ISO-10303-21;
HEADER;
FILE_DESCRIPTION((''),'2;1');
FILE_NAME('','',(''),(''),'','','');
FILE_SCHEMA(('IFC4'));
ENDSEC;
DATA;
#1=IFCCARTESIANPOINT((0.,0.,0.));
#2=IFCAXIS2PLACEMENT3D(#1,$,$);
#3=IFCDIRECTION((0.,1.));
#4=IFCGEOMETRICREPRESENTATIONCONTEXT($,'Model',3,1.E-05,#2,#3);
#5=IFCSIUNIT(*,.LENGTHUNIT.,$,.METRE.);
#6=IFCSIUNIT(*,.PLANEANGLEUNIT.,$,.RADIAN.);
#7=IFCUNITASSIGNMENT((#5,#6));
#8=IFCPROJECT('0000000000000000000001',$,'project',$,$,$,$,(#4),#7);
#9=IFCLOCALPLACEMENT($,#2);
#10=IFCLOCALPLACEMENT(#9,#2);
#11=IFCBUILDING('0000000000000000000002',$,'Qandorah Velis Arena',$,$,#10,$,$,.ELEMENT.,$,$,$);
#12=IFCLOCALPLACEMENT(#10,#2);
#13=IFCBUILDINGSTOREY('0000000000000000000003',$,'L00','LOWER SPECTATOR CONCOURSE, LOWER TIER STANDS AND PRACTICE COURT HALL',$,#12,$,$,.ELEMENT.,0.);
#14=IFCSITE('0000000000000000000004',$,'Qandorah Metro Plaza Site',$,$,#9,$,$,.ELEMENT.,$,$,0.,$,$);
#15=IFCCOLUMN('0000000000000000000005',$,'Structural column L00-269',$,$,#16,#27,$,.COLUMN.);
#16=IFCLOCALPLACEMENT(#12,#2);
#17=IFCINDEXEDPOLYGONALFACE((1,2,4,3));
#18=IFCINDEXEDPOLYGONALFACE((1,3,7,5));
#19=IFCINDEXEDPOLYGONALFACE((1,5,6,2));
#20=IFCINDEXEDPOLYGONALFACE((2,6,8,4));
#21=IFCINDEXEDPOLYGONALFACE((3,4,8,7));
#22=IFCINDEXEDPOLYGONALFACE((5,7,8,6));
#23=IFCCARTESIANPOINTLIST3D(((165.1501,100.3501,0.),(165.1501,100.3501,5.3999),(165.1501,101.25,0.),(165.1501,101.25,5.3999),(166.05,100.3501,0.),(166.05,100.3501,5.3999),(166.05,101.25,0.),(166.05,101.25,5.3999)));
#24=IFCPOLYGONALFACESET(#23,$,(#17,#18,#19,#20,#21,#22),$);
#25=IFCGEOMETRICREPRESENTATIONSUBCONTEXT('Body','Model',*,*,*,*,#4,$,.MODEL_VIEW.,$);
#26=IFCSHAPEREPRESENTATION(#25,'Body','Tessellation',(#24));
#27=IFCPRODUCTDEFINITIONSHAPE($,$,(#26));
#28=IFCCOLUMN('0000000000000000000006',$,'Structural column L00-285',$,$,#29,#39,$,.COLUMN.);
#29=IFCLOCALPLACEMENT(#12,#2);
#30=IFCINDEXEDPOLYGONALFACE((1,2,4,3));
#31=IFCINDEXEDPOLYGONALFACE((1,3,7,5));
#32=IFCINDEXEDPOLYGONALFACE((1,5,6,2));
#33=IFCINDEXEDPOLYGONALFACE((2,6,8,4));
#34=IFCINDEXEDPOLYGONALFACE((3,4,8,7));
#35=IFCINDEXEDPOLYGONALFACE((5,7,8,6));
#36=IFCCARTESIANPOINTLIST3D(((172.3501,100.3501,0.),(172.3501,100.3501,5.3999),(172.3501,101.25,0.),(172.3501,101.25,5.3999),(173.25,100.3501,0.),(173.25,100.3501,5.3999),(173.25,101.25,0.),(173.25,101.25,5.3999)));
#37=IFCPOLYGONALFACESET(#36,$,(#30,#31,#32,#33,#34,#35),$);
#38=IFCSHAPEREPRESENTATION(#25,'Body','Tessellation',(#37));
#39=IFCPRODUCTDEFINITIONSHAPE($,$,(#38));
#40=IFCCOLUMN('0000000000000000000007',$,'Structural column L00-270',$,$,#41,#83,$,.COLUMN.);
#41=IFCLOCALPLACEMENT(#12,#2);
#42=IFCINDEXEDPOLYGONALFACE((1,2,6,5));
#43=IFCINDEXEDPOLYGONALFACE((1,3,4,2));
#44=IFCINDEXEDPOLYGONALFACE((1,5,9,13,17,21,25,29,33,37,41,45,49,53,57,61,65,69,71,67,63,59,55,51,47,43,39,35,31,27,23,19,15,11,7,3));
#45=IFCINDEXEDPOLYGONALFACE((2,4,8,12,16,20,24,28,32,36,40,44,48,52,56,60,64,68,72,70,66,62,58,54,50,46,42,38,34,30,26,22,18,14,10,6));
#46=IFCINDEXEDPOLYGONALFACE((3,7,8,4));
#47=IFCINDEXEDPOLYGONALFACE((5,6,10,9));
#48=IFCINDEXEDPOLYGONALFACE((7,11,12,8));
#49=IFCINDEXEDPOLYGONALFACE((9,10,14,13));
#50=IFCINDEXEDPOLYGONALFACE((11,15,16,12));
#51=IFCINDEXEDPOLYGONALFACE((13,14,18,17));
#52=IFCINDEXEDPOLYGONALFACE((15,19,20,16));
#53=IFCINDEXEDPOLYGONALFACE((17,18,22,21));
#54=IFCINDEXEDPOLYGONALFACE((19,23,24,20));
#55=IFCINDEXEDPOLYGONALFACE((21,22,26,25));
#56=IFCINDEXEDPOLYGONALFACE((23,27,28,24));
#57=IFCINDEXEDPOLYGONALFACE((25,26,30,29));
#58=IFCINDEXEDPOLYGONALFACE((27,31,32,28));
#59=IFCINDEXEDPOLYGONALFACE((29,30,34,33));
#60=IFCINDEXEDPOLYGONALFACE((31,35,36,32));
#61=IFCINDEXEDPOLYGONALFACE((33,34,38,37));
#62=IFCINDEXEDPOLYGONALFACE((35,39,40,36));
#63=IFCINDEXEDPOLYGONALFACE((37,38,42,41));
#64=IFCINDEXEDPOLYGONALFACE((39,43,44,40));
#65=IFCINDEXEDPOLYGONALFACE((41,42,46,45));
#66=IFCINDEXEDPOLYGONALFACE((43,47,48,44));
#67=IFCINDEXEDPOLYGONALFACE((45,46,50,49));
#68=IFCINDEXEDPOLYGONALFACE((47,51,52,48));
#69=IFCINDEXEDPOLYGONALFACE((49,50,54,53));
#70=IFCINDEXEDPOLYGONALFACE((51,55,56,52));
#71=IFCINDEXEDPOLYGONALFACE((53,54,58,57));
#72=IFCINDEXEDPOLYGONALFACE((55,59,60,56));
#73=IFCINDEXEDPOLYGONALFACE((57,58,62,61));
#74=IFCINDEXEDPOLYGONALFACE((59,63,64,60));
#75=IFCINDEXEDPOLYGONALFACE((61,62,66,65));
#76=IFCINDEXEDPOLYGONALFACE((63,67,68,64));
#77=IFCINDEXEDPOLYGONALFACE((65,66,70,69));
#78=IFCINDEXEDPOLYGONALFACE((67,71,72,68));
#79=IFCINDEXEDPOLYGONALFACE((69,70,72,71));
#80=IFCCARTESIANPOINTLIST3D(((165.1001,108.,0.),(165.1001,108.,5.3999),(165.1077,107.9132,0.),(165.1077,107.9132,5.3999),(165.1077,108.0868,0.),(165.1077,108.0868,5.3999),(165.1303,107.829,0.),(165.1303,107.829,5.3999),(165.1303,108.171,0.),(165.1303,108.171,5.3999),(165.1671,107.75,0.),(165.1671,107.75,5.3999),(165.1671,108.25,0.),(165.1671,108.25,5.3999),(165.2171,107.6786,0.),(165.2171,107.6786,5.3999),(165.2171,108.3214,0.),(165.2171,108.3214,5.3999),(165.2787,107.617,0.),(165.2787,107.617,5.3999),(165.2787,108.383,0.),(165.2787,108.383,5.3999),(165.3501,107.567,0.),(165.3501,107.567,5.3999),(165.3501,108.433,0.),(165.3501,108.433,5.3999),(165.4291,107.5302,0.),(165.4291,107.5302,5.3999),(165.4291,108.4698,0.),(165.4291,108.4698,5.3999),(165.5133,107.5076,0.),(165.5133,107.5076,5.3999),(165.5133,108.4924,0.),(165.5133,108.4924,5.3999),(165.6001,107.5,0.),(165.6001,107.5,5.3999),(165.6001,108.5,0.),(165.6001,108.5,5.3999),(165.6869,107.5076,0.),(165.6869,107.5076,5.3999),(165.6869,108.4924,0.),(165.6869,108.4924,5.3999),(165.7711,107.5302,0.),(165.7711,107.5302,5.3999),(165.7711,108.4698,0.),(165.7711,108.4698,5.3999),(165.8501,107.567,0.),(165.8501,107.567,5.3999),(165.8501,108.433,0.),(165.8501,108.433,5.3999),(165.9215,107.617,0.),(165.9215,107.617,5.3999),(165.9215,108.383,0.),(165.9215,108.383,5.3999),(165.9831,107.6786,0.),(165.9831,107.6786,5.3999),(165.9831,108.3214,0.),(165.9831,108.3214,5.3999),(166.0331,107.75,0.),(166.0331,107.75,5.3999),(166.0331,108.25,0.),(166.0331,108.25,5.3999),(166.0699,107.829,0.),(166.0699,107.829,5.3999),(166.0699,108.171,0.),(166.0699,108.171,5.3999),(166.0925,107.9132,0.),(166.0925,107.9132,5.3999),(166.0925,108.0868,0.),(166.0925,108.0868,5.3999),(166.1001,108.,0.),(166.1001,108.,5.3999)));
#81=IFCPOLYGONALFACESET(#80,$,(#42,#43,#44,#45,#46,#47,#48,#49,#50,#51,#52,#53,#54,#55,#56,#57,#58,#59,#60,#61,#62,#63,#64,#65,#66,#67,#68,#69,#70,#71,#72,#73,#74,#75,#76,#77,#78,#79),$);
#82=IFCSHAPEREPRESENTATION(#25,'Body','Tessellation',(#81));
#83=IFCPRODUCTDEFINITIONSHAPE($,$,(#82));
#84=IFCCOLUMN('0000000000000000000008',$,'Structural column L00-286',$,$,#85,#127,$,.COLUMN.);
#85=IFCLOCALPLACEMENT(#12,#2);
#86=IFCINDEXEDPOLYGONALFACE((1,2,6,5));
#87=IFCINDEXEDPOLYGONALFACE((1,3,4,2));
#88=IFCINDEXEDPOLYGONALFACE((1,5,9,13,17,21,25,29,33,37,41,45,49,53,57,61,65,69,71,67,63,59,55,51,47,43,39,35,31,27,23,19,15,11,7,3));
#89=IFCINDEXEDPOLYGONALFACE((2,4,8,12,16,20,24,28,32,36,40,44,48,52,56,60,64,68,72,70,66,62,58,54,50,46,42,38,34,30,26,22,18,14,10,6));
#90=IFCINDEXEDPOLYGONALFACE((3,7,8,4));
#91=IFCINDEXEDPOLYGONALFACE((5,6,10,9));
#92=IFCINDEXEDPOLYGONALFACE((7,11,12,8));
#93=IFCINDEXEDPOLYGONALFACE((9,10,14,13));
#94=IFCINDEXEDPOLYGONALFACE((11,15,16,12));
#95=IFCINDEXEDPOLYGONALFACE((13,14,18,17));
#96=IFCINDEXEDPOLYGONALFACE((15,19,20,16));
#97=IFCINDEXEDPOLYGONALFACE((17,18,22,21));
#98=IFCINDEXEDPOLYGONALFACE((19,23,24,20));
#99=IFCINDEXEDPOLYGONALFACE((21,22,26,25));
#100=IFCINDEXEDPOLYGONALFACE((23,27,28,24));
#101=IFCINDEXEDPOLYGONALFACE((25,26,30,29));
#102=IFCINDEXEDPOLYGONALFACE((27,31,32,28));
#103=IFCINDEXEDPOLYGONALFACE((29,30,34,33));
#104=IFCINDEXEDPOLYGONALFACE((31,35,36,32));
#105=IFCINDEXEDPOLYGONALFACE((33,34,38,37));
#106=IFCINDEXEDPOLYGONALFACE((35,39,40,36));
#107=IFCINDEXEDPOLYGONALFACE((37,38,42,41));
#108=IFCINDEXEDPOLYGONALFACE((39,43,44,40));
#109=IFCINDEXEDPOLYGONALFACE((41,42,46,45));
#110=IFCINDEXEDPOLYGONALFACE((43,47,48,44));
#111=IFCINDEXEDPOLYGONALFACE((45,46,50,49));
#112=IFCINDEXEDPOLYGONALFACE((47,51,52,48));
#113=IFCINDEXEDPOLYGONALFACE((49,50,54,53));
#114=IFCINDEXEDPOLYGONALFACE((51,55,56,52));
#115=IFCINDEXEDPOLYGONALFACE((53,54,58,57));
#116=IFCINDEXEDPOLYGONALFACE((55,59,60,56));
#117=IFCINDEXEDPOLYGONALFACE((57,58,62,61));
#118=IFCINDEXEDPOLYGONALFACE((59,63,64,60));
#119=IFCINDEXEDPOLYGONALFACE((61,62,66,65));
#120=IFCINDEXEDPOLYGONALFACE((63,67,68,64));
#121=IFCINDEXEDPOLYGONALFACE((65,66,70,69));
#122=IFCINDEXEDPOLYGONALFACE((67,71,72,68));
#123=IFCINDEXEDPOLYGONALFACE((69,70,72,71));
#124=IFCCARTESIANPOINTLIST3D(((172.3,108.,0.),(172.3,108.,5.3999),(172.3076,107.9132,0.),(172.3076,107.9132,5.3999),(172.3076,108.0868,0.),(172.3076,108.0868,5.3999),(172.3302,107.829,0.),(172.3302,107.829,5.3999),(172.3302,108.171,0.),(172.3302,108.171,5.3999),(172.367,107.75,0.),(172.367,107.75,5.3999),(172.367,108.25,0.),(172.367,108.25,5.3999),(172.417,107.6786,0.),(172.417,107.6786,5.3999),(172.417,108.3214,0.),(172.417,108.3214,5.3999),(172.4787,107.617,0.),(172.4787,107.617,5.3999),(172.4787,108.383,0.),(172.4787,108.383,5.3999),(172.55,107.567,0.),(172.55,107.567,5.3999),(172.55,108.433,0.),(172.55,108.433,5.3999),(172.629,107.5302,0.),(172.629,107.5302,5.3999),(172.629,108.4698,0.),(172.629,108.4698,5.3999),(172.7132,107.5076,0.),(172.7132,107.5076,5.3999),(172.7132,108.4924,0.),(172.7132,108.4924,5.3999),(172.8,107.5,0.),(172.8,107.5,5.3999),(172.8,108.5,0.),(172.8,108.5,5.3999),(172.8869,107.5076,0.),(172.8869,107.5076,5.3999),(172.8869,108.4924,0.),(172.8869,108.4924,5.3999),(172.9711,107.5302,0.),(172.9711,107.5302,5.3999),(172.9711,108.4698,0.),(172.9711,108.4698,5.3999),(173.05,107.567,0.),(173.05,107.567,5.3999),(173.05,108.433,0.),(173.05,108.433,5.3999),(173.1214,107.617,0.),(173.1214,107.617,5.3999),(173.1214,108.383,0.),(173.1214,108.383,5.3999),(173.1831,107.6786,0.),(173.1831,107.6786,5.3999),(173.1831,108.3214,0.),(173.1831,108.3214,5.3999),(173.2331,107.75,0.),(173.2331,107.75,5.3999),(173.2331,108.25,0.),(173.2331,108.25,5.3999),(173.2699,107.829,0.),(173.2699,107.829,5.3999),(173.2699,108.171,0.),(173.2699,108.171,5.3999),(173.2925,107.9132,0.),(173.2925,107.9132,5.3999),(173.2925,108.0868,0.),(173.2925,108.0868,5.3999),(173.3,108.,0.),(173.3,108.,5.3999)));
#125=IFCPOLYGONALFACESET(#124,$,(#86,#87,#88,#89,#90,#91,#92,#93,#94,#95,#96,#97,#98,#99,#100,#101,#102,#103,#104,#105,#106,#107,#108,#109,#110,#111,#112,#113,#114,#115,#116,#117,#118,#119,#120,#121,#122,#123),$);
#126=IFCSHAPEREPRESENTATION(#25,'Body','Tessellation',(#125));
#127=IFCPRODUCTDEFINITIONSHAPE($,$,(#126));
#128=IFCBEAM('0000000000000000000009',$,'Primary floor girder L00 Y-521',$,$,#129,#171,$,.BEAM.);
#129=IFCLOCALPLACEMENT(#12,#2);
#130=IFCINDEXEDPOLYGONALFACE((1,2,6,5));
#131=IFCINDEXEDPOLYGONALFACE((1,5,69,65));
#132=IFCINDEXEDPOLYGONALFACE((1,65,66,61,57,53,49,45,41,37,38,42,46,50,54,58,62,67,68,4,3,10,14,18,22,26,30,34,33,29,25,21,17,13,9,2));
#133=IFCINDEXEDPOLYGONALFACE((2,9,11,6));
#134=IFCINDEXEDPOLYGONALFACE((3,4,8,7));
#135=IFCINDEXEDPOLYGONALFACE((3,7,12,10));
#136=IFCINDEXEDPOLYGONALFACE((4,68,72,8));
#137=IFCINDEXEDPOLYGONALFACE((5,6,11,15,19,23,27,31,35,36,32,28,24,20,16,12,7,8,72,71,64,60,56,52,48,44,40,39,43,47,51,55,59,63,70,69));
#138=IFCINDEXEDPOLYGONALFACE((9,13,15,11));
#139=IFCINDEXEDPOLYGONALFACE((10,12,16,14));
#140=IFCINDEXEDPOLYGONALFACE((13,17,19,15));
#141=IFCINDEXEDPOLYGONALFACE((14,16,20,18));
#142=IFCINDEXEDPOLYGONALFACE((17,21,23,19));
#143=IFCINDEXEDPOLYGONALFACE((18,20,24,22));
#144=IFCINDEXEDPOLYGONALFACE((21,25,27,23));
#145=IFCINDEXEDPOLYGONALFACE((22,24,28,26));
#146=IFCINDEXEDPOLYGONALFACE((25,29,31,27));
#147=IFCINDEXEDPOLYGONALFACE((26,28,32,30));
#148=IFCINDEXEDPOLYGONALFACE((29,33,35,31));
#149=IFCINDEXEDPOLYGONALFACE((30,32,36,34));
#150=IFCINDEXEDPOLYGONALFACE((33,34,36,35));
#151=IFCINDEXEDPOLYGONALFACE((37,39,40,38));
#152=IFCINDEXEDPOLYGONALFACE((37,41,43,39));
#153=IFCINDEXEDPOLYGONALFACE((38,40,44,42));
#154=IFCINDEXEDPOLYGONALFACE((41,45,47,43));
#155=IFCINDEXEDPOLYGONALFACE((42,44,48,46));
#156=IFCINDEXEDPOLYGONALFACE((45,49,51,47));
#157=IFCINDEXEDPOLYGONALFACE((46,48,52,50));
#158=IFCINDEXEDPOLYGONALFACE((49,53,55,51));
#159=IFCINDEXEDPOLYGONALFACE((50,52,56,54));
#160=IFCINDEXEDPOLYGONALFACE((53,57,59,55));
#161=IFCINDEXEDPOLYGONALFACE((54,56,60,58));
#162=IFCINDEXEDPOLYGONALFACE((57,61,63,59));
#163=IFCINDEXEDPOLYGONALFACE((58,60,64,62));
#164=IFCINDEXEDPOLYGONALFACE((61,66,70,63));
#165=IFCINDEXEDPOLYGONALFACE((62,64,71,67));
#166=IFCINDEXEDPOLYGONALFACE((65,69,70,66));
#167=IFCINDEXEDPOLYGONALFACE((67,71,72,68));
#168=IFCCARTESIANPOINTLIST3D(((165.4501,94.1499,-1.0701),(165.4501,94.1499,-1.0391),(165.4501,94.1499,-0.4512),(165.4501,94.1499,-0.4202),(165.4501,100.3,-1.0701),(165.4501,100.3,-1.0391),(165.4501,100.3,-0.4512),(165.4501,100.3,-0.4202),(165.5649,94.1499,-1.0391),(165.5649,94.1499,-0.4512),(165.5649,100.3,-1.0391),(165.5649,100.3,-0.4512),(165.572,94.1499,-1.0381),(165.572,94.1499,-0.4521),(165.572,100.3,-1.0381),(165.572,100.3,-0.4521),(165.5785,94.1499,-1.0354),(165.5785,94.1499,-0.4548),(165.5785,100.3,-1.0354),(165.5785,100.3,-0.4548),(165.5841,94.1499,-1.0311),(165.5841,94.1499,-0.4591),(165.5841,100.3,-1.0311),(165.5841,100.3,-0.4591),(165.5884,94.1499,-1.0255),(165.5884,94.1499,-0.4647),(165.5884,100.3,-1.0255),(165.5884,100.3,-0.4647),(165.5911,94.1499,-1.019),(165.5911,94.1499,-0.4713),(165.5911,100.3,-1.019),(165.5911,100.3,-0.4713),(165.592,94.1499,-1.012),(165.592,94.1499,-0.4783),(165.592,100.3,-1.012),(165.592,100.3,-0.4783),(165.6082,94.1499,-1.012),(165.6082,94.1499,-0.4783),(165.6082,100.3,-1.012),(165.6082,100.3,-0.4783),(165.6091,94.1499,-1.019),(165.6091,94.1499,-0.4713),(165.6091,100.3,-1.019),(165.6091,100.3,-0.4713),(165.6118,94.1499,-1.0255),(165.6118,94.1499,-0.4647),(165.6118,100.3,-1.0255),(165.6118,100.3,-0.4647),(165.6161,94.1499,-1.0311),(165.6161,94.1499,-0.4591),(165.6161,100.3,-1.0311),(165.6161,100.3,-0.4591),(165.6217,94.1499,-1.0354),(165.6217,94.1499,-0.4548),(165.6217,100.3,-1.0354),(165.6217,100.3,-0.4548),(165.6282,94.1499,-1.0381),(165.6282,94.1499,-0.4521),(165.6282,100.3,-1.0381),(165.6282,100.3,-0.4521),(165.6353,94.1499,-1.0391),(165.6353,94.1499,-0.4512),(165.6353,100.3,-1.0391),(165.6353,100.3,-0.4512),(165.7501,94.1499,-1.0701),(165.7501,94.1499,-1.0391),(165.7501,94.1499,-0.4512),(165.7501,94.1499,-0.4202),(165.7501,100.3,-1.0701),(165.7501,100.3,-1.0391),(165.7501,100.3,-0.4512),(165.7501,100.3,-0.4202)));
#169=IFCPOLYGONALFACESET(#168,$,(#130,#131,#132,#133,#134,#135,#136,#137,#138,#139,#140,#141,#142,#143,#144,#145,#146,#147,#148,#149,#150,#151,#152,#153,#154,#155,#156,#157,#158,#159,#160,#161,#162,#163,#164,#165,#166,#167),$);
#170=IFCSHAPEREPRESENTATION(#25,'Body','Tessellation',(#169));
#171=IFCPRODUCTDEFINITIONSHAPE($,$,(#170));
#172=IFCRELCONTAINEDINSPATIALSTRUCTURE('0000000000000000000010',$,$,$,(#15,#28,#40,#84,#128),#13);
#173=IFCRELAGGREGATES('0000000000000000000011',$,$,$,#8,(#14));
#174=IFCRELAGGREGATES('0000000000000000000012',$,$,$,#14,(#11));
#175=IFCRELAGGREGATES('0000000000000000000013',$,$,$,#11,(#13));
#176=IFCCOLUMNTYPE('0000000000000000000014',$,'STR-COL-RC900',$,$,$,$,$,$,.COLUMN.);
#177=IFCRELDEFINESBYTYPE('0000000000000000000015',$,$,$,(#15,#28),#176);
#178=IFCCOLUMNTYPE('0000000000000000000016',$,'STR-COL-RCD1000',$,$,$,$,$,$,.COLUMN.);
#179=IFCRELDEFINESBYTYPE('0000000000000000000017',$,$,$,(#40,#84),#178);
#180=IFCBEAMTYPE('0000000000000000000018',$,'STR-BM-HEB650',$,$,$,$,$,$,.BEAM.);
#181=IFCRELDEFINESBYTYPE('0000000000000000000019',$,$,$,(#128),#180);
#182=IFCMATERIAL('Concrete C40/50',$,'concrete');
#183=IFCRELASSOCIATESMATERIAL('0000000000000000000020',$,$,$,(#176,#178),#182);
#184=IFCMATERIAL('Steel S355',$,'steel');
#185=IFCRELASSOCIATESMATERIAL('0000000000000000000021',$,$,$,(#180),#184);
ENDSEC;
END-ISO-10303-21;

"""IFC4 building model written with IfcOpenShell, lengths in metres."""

from ifc_helpers import new_model, si_unit, direction, frame, origin, origin_2d, place, context, subcontext, project, spatial, rectangle, circle, i_section, extrude, material, material_profile, profile_set, type_object, element, save


model = new_model("IFC4")

# Units and contexts
model_context = context("Model", 3, precision=1e-05, world=origin(), true_north=direction((0.0, 1.0)))
body_context = subcontext(model_context, "Body", "Model", "MODEL_VIEW")
ifc_project = project(units=[si_unit("LENGTHUNIT", "METRE"), si_unit("PLANEANGLEUNIT", "RADIAN")], contexts=[model_context])

# Site, building, storey
site_placement = place(None, origin())
site = spatial("IfcSite", under=ifc_project, at=site_placement, Name="Qandorah Metro Plaza Site", CompositionType="ELEMENT", RefElevation=0.0)
building_placement = place(site_placement, origin())
building = spatial("IfcBuilding", under=site, at=building_placement, Name="Qandorah Velis Arena", CompositionType="ELEMENT")
storey_placement = place(building_placement, origin())
storey = spatial("IfcBuildingStorey", under=building, at=storey_placement, Name="L00", Description="LOWER SPECTATOR CONCOURSE, LOWER TIER STANDS AND PRACTICE COURT HALL", CompositionType="ELEMENT", Elevation=0.0)

# Columns
ifc_material_1 = material(Name="Concrete C40/50", Category="concrete")
ifc_material_profile_1 = material_profile(ifc_material_1, rectangle(XDim=0.8999, YDim=0.8999, at=origin_2d()), Name="RC COL 900x900")
ifc_profile_set_1 = profile_set([ifc_material_profile_1], Name="Concrete C40/50")
column_type_1 = type_object("IfcColumnType", Name="STR-COL-RC900", PredefinedType="COLUMN", material=ifc_profile_set_1)
for number, where, z_axis, x_axis, name in (
    (1, (165.6001, 100.8, 0.0), (0.0, 0.0, 1.0), (1.0, 0.0, 0.0), "Structural column L00-269"),
    (2, (172.8, 100.8, 0.0), (0.0, 0.0, 1.0), (1.0, 0.0, 0.0), "Structural column L00-285"),
):
    element("IfcColumn", number, at=place(storey_placement, frame(where, z_axis=z_axis, x_axis=x_axis)), inside=storey, type_object=column_type_1, Name=name, PredefinedType="COLUMN", context=body_context, shape_type="SweptSolid", body=[
        extrude(rectangle(XDim=0.8999, YDim=0.8999, at=origin_2d()), origin(), (0.0, 0.0, 1.0), 5.3999),
    ])
ifc_material_profile_2 = material_profile(ifc_material_1, circle(Radius=0.5, at=origin_2d()), Name="RC D1000")
ifc_profile_set_2 = profile_set([ifc_material_profile_2], Name="Concrete C40/50")
column_type_2 = type_object("IfcColumnType", Name="STR-COL-RCD1000", PredefinedType="COLUMN", material=ifc_profile_set_2)
for number, where, z_axis, x_axis, name in (
    (3, (165.6001, 108.0, 0.0), (0.0, 0.0, 1.0), (1.0, 0.0, 0.0), "Structural column L00-270"),
    (4, (172.8, 108.0, 0.0), (0.0, 0.0, 1.0), (1.0, 0.0, 0.0), "Structural column L00-286"),
):
    element("IfcColumn", number, at=place(storey_placement, frame(where, z_axis=z_axis, x_axis=x_axis)), inside=storey, type_object=column_type_2, Name=name, PredefinedType="COLUMN", context=body_context, shape_type="SweptSolid", body=[
        extrude(circle(Radius=0.5, at=origin_2d()), origin(), (0.0, 0.0, 1.0), 5.3999),
    ])

# Beam
ifc_material_2 = material(Name="Steel S355", Category="steel")
ifc_material_profile_3 = material_profile(ifc_material_2, i_section(OverallWidth=0.3, OverallDepth=0.6499, WebThickness=0.0161, FlangeThickness=0.031, FilletRadius=0.0271, at=origin_2d()), Name="HEB 650")
ifc_profile_set_3 = profile_set([ifc_material_profile_3], Name="Steel S355")
beam_type_1 = type_object("IfcBeamType", Name="STR-BM-HEB650", PredefinedType="BEAM", material=ifc_profile_set_3)
beam_1_placement = place(storey_placement, frame((165.6001, 94.1499, -0.7451), z_axis=(0.0, 1.0, 0.0), x_axis=(-1.0, 0.0, 0.0)))
element("IfcBeam", 5, at=beam_1_placement, inside=storey, type_object=beam_type_1, Name="Primary floor girder L00 Y-521", PredefinedType="BEAM", context=body_context, shape_type="SweptSolid", body=[
    extrude(i_section(OverallWidth=0.3, OverallDepth=0.6499, WebThickness=0.0161, FlangeThickness=0.031, FilletRadius=0.0271, at=origin_2d()), origin(), (0.0, 0.0, 1.0), 6.1501),
])

save(model, "model.ifc")
